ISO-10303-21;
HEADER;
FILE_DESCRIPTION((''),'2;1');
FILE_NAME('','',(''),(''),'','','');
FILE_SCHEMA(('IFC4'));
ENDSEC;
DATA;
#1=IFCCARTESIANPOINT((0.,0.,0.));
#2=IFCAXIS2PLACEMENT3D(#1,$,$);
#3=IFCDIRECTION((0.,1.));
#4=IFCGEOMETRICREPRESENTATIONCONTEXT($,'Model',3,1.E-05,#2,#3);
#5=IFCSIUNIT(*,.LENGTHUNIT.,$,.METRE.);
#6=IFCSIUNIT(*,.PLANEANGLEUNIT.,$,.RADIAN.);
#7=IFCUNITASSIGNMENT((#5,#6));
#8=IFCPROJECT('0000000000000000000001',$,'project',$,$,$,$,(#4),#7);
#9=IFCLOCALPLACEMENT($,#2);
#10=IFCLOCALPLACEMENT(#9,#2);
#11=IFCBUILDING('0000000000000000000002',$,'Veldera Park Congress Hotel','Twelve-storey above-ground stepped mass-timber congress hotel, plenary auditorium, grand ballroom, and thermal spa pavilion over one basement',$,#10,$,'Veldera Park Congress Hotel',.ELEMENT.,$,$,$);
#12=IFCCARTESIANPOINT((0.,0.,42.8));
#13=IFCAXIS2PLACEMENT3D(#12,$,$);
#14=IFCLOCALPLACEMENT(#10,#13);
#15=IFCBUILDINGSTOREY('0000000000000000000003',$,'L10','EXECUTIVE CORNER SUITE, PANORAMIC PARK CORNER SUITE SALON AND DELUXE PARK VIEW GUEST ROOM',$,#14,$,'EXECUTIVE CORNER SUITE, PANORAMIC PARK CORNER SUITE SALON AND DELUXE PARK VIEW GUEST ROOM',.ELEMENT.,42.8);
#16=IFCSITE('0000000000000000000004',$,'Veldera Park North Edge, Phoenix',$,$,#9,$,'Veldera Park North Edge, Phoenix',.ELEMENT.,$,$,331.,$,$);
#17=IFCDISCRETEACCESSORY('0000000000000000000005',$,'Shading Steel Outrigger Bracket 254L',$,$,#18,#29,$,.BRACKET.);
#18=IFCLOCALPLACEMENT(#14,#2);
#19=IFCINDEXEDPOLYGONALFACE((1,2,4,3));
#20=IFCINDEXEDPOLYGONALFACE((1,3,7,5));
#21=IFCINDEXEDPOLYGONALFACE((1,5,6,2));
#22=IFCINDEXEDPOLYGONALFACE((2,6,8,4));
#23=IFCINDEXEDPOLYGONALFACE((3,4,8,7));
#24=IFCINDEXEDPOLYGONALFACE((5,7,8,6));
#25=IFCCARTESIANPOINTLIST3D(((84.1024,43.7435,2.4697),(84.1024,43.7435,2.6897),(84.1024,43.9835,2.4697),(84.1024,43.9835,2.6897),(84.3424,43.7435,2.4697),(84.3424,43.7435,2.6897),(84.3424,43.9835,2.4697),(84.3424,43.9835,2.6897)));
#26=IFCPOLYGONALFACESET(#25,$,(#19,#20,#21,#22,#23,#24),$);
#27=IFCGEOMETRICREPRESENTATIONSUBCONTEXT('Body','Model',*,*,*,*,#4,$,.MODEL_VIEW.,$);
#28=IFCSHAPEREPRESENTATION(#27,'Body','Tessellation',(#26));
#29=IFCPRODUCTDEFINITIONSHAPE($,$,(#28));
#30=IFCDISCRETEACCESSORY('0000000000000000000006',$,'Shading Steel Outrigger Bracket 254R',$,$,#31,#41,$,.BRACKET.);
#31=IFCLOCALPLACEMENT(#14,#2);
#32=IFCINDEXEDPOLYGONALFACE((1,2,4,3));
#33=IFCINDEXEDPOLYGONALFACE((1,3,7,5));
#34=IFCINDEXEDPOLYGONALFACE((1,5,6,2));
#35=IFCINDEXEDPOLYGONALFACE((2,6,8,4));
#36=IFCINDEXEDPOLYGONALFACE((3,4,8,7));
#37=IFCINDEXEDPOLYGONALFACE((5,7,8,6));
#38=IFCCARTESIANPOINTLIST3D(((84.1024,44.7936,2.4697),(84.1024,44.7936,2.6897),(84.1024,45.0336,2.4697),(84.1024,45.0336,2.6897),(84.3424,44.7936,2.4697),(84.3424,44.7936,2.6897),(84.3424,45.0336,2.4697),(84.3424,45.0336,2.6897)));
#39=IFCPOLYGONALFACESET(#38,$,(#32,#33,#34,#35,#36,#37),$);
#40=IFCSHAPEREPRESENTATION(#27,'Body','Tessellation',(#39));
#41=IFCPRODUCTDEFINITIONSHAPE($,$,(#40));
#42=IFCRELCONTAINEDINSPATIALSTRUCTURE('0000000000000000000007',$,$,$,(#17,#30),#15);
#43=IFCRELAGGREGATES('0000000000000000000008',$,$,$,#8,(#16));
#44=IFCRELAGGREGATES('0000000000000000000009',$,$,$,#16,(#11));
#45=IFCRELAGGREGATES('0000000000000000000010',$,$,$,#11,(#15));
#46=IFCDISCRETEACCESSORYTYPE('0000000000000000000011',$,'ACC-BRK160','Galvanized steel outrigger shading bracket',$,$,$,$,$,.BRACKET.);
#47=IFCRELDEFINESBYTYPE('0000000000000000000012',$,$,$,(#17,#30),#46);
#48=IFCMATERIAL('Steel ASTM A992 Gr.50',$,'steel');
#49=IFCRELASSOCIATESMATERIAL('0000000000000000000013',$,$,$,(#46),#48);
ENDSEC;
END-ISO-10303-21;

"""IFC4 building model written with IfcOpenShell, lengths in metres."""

from ifc_helpers import new_model, si_unit, direction, frame, origin, origin_2d, place, context, subcontext, project, spatial, rectangle, extrude, material, type_object, element, save


model = new_model("IFC4")

# Units and contexts
model_context = context("Model", 3, precision=1e-05, world=origin(), true_north=direction((0.0, 1.0)))
body_context = subcontext(model_context, "Body", "Model", "MODEL_VIEW")
ifc_project = project(units=[si_unit("LENGTHUNIT", "METRE"), si_unit("PLANEANGLEUNIT", "RADIAN")], contexts=[model_context])

# Site, building, storey
site_placement = place(None, origin())
site = spatial("IfcSite", under=ifc_project, at=site_placement, Name="Veldera Park North Edge, Phoenix", LongName="Veldera Park North Edge, Phoenix", CompositionType="ELEMENT", RefElevation=331.0)
building_placement = place(site_placement, origin())
building = spatial("IfcBuilding", under=site, at=building_placement, Name="Veldera Park Congress Hotel", Description="Twelve-storey above-ground stepped mass-timber congress hotel, plenary auditorium, grand ballroom, and thermal spa pavilion over one basement", LongName="Veldera Park Congress Hotel", CompositionType="ELEMENT")
storey_placement = place(building_placement, frame((0.0, 0.0, 42.8)))
storey = spatial("IfcBuildingStorey", under=building, at=storey_placement, Name="L10", Description="EXECUTIVE CORNER SUITE, PANORAMIC PARK CORNER SUITE SALON AND DELUXE PARK VIEW GUEST ROOM", LongName="EXECUTIVE CORNER SUITE, PANORAMIC PARK CORNER SUITE SALON AND DELUXE PARK VIEW GUEST ROOM", CompositionType="ELEMENT", Elevation=42.8)

# Shared definitions
ifc_material_1 = material(Name="Steel ASTM A992 Gr.50", Category="steel")

# Discrete accessories
discrete_accessory_type = type_object("IfcDiscreteAccessoryType", Name="ACC-BRK160", Description="Galvanized steel outrigger shading bracket", PredefinedType="BRACKET", material=ifc_material_1)
for number, where, z_axis, x_axis, name in (
    (1, (84.2224, 43.8635, 2.4697), (0.0, 0.0, 1.0), (0.0, 1.0, 0.0), "Shading Steel Outrigger Bracket 254L"),
    (2, (84.2224, 44.9136, 2.4697), (0.0, 0.0, 1.0), (0.0, 1.0, 0.0), "Shading Steel Outrigger Bracket 254R"),
):
    element("IfcDiscreteAccessory", number, at=place(storey_placement, frame(where, z_axis=z_axis, x_axis=x_axis)), inside=storey, type_object=discrete_accessory_type, Name=name, PredefinedType="BRACKET", context=body_context, shape_type="SweptSolid", body=[
        extrude(rectangle(XDim=0.24, YDim=0.24, at=origin_2d()), origin(), (0.0, 0.0, 1.0), 0.22),
    ])

save(model, "model.ifc")
